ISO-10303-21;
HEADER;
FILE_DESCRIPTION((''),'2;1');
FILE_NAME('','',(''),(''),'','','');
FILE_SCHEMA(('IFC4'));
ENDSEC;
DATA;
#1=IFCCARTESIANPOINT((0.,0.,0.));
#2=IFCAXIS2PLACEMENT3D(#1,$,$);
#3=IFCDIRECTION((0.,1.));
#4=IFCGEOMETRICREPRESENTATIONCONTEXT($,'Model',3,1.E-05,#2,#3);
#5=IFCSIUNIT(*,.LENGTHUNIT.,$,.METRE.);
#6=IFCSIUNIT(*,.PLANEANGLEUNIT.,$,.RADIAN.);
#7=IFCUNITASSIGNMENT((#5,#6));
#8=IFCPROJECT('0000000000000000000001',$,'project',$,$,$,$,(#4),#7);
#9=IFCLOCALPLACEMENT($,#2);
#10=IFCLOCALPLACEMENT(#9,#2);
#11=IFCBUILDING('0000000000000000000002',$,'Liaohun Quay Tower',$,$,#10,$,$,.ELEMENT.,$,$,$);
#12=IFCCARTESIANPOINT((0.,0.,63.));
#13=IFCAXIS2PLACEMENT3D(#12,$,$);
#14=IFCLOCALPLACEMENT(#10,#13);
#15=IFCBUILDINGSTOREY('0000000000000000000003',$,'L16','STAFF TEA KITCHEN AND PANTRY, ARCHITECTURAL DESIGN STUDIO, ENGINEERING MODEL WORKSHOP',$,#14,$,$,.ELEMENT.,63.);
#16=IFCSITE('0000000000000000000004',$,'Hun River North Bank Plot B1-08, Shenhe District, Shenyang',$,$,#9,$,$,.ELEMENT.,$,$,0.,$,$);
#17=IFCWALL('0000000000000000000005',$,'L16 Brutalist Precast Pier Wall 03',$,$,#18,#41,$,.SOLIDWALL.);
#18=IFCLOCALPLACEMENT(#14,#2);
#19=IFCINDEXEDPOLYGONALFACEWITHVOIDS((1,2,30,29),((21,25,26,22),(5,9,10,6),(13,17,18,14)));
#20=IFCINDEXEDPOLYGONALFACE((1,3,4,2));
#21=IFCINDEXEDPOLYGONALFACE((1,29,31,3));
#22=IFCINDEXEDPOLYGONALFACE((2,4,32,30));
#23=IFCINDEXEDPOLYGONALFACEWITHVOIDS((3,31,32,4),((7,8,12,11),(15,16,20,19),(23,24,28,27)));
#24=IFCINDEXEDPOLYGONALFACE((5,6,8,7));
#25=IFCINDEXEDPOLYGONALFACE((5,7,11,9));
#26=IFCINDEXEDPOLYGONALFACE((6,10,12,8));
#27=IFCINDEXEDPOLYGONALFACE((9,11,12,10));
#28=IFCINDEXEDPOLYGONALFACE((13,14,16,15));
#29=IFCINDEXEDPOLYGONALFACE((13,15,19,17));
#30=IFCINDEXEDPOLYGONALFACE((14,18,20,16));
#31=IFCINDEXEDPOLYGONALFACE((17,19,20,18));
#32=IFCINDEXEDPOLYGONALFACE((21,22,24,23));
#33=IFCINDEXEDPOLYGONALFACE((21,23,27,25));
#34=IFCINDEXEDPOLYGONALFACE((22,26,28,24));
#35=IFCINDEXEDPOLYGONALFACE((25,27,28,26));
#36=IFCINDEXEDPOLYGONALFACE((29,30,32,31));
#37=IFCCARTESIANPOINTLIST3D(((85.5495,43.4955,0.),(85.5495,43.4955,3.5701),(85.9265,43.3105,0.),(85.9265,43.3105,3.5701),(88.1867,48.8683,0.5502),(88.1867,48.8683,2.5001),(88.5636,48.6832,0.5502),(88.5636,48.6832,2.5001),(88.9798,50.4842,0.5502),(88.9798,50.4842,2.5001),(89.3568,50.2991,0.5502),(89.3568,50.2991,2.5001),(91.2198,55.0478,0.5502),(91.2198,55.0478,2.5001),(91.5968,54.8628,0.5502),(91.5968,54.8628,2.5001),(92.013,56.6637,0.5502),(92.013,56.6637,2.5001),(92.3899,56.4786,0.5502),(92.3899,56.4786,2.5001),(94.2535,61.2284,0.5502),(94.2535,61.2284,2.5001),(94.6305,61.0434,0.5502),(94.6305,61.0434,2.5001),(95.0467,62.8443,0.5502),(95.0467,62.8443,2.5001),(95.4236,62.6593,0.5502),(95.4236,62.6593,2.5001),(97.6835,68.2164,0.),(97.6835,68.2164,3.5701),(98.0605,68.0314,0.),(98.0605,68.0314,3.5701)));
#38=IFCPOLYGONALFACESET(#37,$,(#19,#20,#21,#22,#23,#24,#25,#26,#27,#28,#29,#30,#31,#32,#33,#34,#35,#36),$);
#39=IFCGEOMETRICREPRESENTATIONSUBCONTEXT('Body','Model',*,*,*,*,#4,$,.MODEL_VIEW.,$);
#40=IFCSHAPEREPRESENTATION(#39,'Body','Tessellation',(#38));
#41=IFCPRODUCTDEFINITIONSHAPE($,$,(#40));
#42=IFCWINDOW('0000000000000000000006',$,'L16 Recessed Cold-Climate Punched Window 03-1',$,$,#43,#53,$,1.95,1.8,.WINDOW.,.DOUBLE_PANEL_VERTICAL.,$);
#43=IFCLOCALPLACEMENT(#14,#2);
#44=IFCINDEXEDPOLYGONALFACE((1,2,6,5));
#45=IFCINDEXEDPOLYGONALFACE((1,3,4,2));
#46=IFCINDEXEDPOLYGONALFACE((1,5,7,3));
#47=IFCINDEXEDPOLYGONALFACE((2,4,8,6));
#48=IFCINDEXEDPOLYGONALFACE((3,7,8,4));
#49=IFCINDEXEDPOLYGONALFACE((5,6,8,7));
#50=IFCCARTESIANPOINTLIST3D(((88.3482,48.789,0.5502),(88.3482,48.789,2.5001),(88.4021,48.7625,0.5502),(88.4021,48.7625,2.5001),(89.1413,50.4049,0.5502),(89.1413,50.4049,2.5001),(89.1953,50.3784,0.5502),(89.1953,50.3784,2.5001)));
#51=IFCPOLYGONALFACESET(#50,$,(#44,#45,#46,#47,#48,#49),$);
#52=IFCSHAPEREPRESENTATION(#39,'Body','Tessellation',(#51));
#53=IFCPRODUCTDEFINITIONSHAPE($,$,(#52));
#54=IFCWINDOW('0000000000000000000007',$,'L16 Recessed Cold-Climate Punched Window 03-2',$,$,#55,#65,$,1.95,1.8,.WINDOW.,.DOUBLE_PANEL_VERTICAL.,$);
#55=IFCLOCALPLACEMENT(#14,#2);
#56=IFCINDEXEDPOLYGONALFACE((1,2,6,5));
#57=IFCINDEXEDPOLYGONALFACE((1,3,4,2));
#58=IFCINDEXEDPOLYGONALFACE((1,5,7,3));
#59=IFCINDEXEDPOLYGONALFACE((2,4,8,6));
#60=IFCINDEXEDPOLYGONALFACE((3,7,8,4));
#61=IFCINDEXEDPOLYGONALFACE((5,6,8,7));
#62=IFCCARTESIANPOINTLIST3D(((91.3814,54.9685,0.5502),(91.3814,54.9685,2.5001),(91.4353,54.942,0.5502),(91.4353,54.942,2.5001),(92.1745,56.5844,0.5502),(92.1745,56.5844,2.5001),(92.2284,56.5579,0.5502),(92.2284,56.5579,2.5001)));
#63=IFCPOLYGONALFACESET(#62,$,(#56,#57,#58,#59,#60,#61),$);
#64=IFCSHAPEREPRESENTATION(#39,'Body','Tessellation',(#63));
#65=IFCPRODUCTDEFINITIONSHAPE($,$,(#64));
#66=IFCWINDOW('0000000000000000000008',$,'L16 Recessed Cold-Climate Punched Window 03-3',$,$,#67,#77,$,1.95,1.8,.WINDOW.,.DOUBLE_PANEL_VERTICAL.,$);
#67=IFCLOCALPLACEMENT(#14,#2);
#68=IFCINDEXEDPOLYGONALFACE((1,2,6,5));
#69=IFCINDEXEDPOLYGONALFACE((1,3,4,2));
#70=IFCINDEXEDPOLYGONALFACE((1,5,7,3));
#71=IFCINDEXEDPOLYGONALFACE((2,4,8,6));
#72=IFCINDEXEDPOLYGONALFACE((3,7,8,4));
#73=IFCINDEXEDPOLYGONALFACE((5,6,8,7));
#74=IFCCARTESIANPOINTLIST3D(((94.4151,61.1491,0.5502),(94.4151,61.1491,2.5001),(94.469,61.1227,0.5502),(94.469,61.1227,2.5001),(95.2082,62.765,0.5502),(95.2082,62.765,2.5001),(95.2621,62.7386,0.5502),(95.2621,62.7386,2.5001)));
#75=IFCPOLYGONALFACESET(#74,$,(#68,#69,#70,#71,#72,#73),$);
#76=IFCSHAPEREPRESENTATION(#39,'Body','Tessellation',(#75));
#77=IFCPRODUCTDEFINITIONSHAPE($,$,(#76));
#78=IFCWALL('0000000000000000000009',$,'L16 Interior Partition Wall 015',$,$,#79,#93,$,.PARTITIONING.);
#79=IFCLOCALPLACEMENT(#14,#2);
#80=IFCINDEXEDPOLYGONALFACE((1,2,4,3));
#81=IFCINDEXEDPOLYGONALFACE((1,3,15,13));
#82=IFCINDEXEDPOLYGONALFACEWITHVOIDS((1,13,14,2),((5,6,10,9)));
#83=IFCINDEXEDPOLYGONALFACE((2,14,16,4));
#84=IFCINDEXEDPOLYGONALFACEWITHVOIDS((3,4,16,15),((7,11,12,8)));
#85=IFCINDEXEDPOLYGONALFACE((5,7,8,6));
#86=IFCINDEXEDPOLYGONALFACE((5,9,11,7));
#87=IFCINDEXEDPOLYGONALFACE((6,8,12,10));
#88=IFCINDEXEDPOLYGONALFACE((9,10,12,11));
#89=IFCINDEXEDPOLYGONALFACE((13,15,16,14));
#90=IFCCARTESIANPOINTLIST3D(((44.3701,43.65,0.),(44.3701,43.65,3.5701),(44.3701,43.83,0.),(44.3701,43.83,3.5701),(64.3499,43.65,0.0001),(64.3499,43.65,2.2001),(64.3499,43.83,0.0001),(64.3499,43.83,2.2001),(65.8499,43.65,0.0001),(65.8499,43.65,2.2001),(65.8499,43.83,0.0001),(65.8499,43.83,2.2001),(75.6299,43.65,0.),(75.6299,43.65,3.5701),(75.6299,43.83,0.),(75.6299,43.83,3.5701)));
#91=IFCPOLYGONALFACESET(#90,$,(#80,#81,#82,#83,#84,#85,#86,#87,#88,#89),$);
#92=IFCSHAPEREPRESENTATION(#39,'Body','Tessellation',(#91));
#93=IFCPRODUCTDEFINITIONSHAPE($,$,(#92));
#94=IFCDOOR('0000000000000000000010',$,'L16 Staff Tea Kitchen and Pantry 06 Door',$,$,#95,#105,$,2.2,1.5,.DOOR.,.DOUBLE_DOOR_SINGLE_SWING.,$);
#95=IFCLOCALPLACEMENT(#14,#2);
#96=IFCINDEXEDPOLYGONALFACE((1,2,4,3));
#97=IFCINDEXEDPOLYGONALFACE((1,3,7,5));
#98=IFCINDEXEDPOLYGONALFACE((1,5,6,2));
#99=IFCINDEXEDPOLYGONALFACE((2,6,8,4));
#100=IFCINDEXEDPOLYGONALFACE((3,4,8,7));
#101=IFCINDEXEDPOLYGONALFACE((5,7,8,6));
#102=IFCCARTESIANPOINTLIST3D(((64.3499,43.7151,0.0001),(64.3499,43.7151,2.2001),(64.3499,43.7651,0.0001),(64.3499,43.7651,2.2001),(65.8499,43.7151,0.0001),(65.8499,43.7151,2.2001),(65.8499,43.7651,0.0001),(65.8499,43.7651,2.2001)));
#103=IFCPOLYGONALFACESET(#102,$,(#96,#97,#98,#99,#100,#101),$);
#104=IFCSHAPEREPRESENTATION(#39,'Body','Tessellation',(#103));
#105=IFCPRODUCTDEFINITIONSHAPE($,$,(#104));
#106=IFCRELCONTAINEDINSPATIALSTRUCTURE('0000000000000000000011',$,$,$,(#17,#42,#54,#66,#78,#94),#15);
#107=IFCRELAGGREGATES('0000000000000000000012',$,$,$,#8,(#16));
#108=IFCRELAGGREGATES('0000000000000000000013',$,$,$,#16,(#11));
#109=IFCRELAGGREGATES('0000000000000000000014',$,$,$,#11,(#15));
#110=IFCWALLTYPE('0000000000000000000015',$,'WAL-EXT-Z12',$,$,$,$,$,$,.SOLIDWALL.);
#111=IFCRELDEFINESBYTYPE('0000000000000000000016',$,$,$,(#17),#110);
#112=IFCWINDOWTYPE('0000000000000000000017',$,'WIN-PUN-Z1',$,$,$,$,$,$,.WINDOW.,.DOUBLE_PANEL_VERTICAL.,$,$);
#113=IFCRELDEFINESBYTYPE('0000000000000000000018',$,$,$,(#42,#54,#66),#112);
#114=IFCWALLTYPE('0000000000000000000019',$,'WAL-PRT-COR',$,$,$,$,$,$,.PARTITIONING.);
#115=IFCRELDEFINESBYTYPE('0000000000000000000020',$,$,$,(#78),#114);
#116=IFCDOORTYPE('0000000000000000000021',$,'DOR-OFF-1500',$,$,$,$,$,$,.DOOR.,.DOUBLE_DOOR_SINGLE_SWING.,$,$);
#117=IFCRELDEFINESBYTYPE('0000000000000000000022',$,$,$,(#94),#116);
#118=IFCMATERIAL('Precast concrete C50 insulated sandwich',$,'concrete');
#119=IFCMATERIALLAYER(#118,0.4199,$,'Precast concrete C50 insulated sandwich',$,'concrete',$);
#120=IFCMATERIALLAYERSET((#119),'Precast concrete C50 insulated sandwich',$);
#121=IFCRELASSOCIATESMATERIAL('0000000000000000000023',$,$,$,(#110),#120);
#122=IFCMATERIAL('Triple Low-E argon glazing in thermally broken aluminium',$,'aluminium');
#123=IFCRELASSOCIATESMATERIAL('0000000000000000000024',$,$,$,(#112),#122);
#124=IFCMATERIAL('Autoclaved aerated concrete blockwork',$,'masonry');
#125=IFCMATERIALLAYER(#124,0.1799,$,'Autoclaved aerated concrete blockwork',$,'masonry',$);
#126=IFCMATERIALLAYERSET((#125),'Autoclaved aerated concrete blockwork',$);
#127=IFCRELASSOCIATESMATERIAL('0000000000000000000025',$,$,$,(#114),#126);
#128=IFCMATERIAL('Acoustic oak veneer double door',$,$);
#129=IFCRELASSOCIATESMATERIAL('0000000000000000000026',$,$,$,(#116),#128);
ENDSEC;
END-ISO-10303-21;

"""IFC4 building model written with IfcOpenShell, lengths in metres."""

from ifc_helpers import new_model, si_unit, direction, frame, frame_2d, origin, place, context, subcontext, project, spatial, rectangle, extrude, source, transform, mapped, material, layer, layer_set, type_object, element, fill, save


model = new_model("IFC4")

# Units and contexts
model_context = context("Model", 3, precision=1e-05, world=origin(), true_north=direction((0.0, 1.0)))
body_context = subcontext(model_context, "Body", "Model", "MODEL_VIEW")
ifc_project = project(units=[si_unit("LENGTHUNIT", "METRE"), si_unit("PLANEANGLEUNIT", "RADIAN")], contexts=[model_context])

# Site, building, storey
site_placement = place(None, origin())
site = spatial("IfcSite", under=ifc_project, at=site_placement, Name="Hun River North Bank Plot B1-08, Shenhe District, Shenyang", CompositionType="ELEMENT", RefElevation=0.0)
building_placement = place(site_placement, origin())
building = spatial("IfcBuilding", under=site, at=building_placement, Name="Liaohun Quay Tower", CompositionType="ELEMENT")
storey_placement = place(building_placement, frame((0.0, 0.0, 63.0)))
storey = spatial("IfcBuildingStorey", under=building, at=storey_placement, Name="L16", Description="STAFF TEA KITCHEN AND PANTRY, ARCHITECTURAL DESIGN STUDIO, ENGINEERING MODEL WORKSHOP", CompositionType="ELEMENT", Elevation=63.0)

# Shared definitions
ifc_material_1 = material(Name="Precast concrete C50 insulated sandwich", Category="concrete")
ifc_layer_1 = layer(ifc_material_1, 0.4199, Name="Precast concrete C50 insulated sandwich", Category="concrete")
ifc_layer_set_1 = layer_set([ifc_layer_1], Name="Precast concrete C50 insulated sandwich")
wall_type_1 = type_object("IfcWallType", Name="WAL-EXT-Z12", PredefinedType="SOLIDWALL", material=ifc_layer_set_1)

# Wall, openings, windows
shared_shape_1 = source(origin(), body_context, "Body", "SweptSolid", [
    extrude(rectangle(XDim=1.8, YDim=1.95, at=frame_2d((0.8999, 0.9751))), frame((0.0, 0.22, 0.0), z_axis=(0.0, -1.0, 0.0), x_axis=(1.0, 0.0, 0.0)), (0.0, 0.0, 1.0), 0.4399),
])
ifc_material_2 = material(Name="Triple Low-E argon glazing in thermally broken aluminium", Category="aluminium")
window_type_1 = type_object("IfcWindowType", Name="WIN-PUN-Z1", PartitioningType="DOUBLE_PANEL_VERTICAL", PredefinedType="WINDOW", material=ifc_material_2)
shared_shape_2 = source(origin(), body_context, "Body", "SweptSolid", [
    extrude(rectangle(XDim=1.8, YDim=1.95, at=frame_2d((0.8999, 0.9751))), frame((0.0, 0.03, 0.0), z_axis=(0.0, -1.0, 0.0), x_axis=(1.0, 0.0, 0.0)), (0.0, 0.0, 1.0), 0.0601),
])
wall_1_placement = place(storey_placement, frame((85.738, 43.4031, 0.0), z_axis=(0.0, 0.0, 1.0), x_axis=(0.440623, 0.897692, 0.0)))
wall_1 = element("IfcWall", 1, at=wall_1_placement, inside=storey, type_object=wall_type_1, Name="L16 Brutalist Precast Pier Wall 03", PredefinedType="SOLIDWALL", context=body_context, shape_type="SweptSolid", body=[
    extrude(rectangle(XDim=27.5383, YDim=0.4199, at=frame_2d((13.769, 0.0))), origin(), (0.0, 0.0, 1.0), 3.5701),
])
opening_1_placement = place(wall_1_placement, frame((5.9851, 0.0, 0.55)))
opening_1 = element("IfcOpeningElement", 2, at=opening_1_placement, cuts=wall_1, PredefinedType="OPENING", context=body_context, shape_type="MappedRepresentation", body=[
    mapped(shared_shape_1, transform((0.0, 0.0, 0.0), x_axis=(1.0, 0.0, 0.0), y_axis=(0.0, 1.0, 0.0), z_axis=(0.0, 0.0, 1.0), scale=1.0)),
])
opening_2_placement = place(wall_1_placement, frame((12.8689, 0.0, 0.55)))
opening_2 = element("IfcOpeningElement", 3, at=opening_2_placement, cuts=wall_1, PredefinedType="OPENING", context=body_context, shape_type="MappedRepresentation", body=[
    mapped(shared_shape_1, transform((0.0, 0.0, 0.0), x_axis=(1.0, 0.0, 0.0), y_axis=(0.0, 1.0, 0.0), z_axis=(0.0, 0.0, 1.0), scale=1.0)),
])
opening_3_placement = place(wall_1_placement, frame((19.7539, 0.0, 0.55)))
opening_3 = element("IfcOpeningElement", 4, at=opening_3_placement, cuts=wall_1, PredefinedType="OPENING", context=body_context, shape_type="MappedRepresentation", body=[
    mapped(shared_shape_1, transform((0.0, 0.0, 0.0), x_axis=(1.0, 0.0, 0.0), y_axis=(0.0, 1.0, 0.0), z_axis=(0.0, 0.0, 1.0), scale=1.0)),
])
window_1_placement = place(opening_1_placement, origin())
window_1 = element("IfcWindow", 5, at=window_1_placement, inside=storey, type_object=window_type_1, Name="L16 Recessed Cold-Climate Punched Window 03-1", OverallHeight=1.95, OverallWidth=1.8, PartitioningType="DOUBLE_PANEL_VERTICAL", PredefinedType="WINDOW", context=body_context, shape_type="MappedRepresentation", body=[
    mapped(shared_shape_2, transform((0.0, 0.0, 0.0), x_axis=(1.0, 0.0, 0.0), y_axis=(0.0, 1.0, 0.0), z_axis=(0.0, 0.0, 1.0), scale=1.0)),
])
fill(opening_1, window_1)
window_2_placement = place(opening_2_placement, origin())
window_2 = element("IfcWindow", 6, at=window_2_placement, inside=storey, type_object=window_type_1, Name="L16 Recessed Cold-Climate Punched Window 03-2", OverallHeight=1.95, OverallWidth=1.8, PartitioningType="DOUBLE_PANEL_VERTICAL", PredefinedType="WINDOW", context=body_context, shape_type="MappedRepresentation", body=[
    mapped(shared_shape_2, transform((0.0, 0.0, 0.0), x_axis=(1.0, 0.0, 0.0), y_axis=(0.0, 1.0, 0.0), z_axis=(0.0, 0.0, 1.0), scale=1.0)),
])
fill(opening_2, window_2)
window_3_placement = place(opening_3_placement, origin())
window_3 = element("IfcWindow", 7, at=window_3_placement, inside=storey, type_object=window_type_1, Name="L16 Recessed Cold-Climate Punched Window 03-3", OverallHeight=1.95, OverallWidth=1.8, PartitioningType="DOUBLE_PANEL_VERTICAL", PredefinedType="WINDOW", context=body_context, shape_type="MappedRepresentation", body=[
    mapped(shared_shape_2, transform((0.0, 0.0, 0.0), x_axis=(1.0, 0.0, 0.0), y_axis=(0.0, 1.0, 0.0), z_axis=(0.0, 0.0, 1.0), scale=1.0)),
])
fill(opening_3, window_3)

# Wall, opening, door
ifc_material_3 = material(Name="Autoclaved aerated concrete blockwork", Category="masonry")
ifc_layer_2 = layer(ifc_material_3, 0.1799, Name="Autoclaved aerated concrete blockwork", Category="masonry")
ifc_layer_set_2 = layer_set([ifc_layer_2], Name="Autoclaved aerated concrete blockwork")
wall_type_2 = type_object("IfcWallType", Name="WAL-PRT-COR", PredefinedType="PARTITIONING", material=ifc_layer_set_2)
wall_2_placement = place(storey_placement, frame((75.6299, 43.74, 0.0), z_axis=(0.0, 0.0, 1.0), x_axis=(-1.0, 0.0, 0.0)))
wall_2 = element("IfcWall", 8, at=wall_2_placement, inside=storey, type_object=wall_type_2, Name="L16 Interior Partition Wall 015", PredefinedType="PARTITIONING", context=body_context, shape_type="SweptSolid", body=[
    extrude(rectangle(XDim=31.2598, YDim=0.1799, at=frame_2d((15.6299, 0.0))), origin(), (0.0, 0.0, 1.0), 3.5701),
])
shared_shape_3 = source(origin(), body_context, "Body", "SweptSolid", [
    extrude(rectangle(XDim=1.5, YDim=2.2, at=frame_2d((0.75, 1.1001))), frame((0.0, 0.0999, 0.0), z_axis=(0.0, -1.0, 0.0), x_axis=(1.0, 0.0, 0.0)), (0.0, 0.0, 1.0), 0.2),
])
opening_4_placement = place(wall_2_placement, frame((9.78, 0.0, 0.0)))
opening_4 = element("IfcOpeningElement", 9, at=opening_4_placement, cuts=wall_2, PredefinedType="OPENING", context=body_context, shape_type="MappedRepresentation", body=[
    mapped(shared_shape_3, transform((0.0, 0.0, 0.0), x_axis=(1.0, 0.0, 0.0), y_axis=(0.0, 1.0, 0.0), z_axis=(0.0, 0.0, 1.0), scale=1.0)),
])
ifc_material_4 = material(Name="Acoustic oak veneer double door")
door_type = type_object("IfcDoorType", Name="DOR-OFF-1500", OperationType="DOUBLE_DOOR_SINGLE_SWING", PredefinedType="DOOR", material=ifc_material_4)
shared_shape_4 = source(origin(), body_context, "Body", "SweptSolid", [
    extrude(rectangle(XDim=1.5, YDim=2.2, at=frame_2d((0.75, 1.1001))), frame((0.0, 0.0249, 0.0), z_axis=(0.0, -1.0, 0.0), x_axis=(1.0, 0.0, 0.0)), (0.0, 0.0, 1.0), 0.05),
])
door_placement = place(opening_4_placement, origin())
door = element("IfcDoor", 10, at=door_placement, inside=storey, type_object=door_type, Name="L16 Staff Tea Kitchen and Pantry 06 Door", OperationType="DOUBLE_DOOR_SINGLE_SWING", OverallHeight=2.2, OverallWidth=1.5, PredefinedType="DOOR", context=body_context, shape_type="MappedRepresentation", body=[
    mapped(shared_shape_4, transform((0.0, 0.0, 0.0), x_axis=(1.0, 0.0, 0.0), y_axis=(0.0, 1.0, 0.0), z_axis=(0.0, 0.0, 1.0), scale=1.0)),
])
fill(opening_4, door)

save(model, "model.ifc")
